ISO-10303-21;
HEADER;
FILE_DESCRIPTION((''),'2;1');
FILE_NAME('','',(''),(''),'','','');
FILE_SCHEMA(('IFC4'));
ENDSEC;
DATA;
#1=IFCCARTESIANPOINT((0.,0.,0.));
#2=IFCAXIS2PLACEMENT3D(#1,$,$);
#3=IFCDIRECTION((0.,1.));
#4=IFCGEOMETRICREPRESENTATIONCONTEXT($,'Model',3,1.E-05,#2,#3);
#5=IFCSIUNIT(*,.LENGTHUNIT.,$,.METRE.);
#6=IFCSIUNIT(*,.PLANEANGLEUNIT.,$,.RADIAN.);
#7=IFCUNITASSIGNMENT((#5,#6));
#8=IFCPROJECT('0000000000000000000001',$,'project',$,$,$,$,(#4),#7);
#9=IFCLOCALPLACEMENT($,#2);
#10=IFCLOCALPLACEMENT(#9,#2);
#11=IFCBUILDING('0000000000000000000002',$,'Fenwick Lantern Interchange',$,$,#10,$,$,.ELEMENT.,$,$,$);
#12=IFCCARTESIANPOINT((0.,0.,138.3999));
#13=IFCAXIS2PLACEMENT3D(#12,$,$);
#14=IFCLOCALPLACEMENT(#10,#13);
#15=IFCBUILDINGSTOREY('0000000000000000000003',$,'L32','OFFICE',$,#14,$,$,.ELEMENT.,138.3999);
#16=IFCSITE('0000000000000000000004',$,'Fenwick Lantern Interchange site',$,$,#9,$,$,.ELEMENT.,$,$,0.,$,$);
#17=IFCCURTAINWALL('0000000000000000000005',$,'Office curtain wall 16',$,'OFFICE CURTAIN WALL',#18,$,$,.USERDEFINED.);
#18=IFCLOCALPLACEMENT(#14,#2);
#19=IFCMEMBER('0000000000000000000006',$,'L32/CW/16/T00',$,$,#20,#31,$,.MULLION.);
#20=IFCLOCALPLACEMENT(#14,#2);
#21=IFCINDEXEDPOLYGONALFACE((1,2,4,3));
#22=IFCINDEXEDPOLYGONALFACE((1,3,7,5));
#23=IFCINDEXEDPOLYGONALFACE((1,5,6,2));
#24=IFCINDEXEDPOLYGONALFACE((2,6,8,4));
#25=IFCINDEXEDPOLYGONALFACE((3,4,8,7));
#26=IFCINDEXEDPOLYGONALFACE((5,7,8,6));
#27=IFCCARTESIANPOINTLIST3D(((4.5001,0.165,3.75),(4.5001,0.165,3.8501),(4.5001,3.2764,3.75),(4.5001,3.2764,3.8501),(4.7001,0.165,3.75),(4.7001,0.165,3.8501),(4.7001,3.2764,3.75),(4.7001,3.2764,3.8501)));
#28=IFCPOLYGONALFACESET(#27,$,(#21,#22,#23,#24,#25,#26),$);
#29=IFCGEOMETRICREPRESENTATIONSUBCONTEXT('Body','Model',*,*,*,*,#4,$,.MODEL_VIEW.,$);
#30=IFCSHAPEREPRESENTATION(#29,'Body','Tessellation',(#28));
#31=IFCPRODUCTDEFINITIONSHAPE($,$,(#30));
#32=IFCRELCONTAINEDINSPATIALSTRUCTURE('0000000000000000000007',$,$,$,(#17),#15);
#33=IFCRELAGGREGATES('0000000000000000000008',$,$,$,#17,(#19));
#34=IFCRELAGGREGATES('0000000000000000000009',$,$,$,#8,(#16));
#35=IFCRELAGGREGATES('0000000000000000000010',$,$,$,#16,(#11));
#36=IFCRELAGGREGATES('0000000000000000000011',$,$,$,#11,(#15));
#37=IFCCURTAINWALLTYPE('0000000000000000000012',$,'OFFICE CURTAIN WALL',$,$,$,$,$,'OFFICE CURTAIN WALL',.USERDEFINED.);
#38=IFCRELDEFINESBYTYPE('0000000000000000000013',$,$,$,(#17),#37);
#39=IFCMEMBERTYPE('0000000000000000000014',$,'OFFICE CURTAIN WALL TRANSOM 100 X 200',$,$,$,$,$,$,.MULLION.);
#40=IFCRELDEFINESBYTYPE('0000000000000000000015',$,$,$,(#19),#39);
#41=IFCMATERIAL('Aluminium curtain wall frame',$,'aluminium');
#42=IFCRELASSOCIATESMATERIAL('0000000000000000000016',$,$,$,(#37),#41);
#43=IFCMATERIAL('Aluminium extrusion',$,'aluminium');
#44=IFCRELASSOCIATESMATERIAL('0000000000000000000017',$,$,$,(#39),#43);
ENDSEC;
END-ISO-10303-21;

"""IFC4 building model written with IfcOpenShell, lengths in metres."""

from ifc_helpers import new_model, si_unit, direction, frame, origin, origin_2d, place, context, subcontext, project, spatial, rectangle, extrude, material, material_profile, profile_set, type_object, element, aggregate, save


model = new_model("IFC4")

# Units and contexts
model_context = context("Model", 3, precision=1e-05, world=origin(), true_north=direction((0.0, 1.0)))
body_context = subcontext(model_context, "Body", "Model", "MODEL_VIEW")
ifc_project = project(units=[si_unit("LENGTHUNIT", "METRE"), si_unit("PLANEANGLEUNIT", "RADIAN")], contexts=[model_context])

# Site, building, storey
site_placement = place(None, origin())
site = spatial("IfcSite", under=ifc_project, at=site_placement, Name="Fenwick Lantern Interchange site", CompositionType="ELEMENT", RefElevation=0.0)
building_placement = place(site_placement, origin())
building = spatial("IfcBuilding", under=site, at=building_placement, Name="Fenwick Lantern Interchange", CompositionType="ELEMENT")
storey_placement = place(building_placement, frame((0.0, 0.0, 138.3999)))
storey = spatial("IfcBuildingStorey", under=building, at=storey_placement, Name="L32", Description="OFFICE", CompositionType="ELEMENT", Elevation=138.3999)

# Curtain wall
ifc_material_1 = material(Name="Aluminium curtain wall frame", Category="aluminium")
curtain_wall_type = type_object("IfcCurtainWallType", Name="OFFICE CURTAIN WALL", ElementType="OFFICE CURTAIN WALL", PredefinedType="USERDEFINED", material=ifc_material_1)
ifc_material_2 = material(Name="Aluminium extrusion", Category="aluminium")
curtain_wall_1_placement = place(storey_placement, origin())
curtain_wall_1 = element("IfcCurtainWall", 1, at=curtain_wall_1_placement, inside=storey, type_object=curtain_wall_type, Name="Office curtain wall 16", ObjectType="OFFICE CURTAIN WALL", PredefinedType="USERDEFINED")

# Member
ifc_material_profile_1 = material_profile(ifc_material_2, rectangle(XDim=0.2, YDim=0.1001, at=origin_2d()), Name="OFFICE CURTAIN WALL TRANSOM 100 X 200")
ifc_profile_set_1 = profile_set([ifc_material_profile_1], Name="Aluminium extrusion")
member_type_1 = type_object("IfcMemberType", Name="OFFICE CURTAIN WALL TRANSOM 100 X 200", PredefinedType="MULLION", material=ifc_profile_set_1)
member_1_placement = place(storey_placement, frame((4.6001, 3.2764, 3.8), z_axis=(0.0, -1.0, 0.0), x_axis=(1.0, 0.0, 0.0)))
member_1 = element("IfcMember", 2, at=member_1_placement, type_object=member_type_1, Name="L32/CW/16/T00", PredefinedType="MULLION", context=body_context, shape_type="SweptSolid", body=[
    extrude(rectangle(XDim=0.2, YDim=0.1001, at=origin_2d()), origin(), (0.0, 0.0, 1.0), 3.1113),
])
aggregate(curtain_wall_1, [member_1])

save(model, "model.ifc")
